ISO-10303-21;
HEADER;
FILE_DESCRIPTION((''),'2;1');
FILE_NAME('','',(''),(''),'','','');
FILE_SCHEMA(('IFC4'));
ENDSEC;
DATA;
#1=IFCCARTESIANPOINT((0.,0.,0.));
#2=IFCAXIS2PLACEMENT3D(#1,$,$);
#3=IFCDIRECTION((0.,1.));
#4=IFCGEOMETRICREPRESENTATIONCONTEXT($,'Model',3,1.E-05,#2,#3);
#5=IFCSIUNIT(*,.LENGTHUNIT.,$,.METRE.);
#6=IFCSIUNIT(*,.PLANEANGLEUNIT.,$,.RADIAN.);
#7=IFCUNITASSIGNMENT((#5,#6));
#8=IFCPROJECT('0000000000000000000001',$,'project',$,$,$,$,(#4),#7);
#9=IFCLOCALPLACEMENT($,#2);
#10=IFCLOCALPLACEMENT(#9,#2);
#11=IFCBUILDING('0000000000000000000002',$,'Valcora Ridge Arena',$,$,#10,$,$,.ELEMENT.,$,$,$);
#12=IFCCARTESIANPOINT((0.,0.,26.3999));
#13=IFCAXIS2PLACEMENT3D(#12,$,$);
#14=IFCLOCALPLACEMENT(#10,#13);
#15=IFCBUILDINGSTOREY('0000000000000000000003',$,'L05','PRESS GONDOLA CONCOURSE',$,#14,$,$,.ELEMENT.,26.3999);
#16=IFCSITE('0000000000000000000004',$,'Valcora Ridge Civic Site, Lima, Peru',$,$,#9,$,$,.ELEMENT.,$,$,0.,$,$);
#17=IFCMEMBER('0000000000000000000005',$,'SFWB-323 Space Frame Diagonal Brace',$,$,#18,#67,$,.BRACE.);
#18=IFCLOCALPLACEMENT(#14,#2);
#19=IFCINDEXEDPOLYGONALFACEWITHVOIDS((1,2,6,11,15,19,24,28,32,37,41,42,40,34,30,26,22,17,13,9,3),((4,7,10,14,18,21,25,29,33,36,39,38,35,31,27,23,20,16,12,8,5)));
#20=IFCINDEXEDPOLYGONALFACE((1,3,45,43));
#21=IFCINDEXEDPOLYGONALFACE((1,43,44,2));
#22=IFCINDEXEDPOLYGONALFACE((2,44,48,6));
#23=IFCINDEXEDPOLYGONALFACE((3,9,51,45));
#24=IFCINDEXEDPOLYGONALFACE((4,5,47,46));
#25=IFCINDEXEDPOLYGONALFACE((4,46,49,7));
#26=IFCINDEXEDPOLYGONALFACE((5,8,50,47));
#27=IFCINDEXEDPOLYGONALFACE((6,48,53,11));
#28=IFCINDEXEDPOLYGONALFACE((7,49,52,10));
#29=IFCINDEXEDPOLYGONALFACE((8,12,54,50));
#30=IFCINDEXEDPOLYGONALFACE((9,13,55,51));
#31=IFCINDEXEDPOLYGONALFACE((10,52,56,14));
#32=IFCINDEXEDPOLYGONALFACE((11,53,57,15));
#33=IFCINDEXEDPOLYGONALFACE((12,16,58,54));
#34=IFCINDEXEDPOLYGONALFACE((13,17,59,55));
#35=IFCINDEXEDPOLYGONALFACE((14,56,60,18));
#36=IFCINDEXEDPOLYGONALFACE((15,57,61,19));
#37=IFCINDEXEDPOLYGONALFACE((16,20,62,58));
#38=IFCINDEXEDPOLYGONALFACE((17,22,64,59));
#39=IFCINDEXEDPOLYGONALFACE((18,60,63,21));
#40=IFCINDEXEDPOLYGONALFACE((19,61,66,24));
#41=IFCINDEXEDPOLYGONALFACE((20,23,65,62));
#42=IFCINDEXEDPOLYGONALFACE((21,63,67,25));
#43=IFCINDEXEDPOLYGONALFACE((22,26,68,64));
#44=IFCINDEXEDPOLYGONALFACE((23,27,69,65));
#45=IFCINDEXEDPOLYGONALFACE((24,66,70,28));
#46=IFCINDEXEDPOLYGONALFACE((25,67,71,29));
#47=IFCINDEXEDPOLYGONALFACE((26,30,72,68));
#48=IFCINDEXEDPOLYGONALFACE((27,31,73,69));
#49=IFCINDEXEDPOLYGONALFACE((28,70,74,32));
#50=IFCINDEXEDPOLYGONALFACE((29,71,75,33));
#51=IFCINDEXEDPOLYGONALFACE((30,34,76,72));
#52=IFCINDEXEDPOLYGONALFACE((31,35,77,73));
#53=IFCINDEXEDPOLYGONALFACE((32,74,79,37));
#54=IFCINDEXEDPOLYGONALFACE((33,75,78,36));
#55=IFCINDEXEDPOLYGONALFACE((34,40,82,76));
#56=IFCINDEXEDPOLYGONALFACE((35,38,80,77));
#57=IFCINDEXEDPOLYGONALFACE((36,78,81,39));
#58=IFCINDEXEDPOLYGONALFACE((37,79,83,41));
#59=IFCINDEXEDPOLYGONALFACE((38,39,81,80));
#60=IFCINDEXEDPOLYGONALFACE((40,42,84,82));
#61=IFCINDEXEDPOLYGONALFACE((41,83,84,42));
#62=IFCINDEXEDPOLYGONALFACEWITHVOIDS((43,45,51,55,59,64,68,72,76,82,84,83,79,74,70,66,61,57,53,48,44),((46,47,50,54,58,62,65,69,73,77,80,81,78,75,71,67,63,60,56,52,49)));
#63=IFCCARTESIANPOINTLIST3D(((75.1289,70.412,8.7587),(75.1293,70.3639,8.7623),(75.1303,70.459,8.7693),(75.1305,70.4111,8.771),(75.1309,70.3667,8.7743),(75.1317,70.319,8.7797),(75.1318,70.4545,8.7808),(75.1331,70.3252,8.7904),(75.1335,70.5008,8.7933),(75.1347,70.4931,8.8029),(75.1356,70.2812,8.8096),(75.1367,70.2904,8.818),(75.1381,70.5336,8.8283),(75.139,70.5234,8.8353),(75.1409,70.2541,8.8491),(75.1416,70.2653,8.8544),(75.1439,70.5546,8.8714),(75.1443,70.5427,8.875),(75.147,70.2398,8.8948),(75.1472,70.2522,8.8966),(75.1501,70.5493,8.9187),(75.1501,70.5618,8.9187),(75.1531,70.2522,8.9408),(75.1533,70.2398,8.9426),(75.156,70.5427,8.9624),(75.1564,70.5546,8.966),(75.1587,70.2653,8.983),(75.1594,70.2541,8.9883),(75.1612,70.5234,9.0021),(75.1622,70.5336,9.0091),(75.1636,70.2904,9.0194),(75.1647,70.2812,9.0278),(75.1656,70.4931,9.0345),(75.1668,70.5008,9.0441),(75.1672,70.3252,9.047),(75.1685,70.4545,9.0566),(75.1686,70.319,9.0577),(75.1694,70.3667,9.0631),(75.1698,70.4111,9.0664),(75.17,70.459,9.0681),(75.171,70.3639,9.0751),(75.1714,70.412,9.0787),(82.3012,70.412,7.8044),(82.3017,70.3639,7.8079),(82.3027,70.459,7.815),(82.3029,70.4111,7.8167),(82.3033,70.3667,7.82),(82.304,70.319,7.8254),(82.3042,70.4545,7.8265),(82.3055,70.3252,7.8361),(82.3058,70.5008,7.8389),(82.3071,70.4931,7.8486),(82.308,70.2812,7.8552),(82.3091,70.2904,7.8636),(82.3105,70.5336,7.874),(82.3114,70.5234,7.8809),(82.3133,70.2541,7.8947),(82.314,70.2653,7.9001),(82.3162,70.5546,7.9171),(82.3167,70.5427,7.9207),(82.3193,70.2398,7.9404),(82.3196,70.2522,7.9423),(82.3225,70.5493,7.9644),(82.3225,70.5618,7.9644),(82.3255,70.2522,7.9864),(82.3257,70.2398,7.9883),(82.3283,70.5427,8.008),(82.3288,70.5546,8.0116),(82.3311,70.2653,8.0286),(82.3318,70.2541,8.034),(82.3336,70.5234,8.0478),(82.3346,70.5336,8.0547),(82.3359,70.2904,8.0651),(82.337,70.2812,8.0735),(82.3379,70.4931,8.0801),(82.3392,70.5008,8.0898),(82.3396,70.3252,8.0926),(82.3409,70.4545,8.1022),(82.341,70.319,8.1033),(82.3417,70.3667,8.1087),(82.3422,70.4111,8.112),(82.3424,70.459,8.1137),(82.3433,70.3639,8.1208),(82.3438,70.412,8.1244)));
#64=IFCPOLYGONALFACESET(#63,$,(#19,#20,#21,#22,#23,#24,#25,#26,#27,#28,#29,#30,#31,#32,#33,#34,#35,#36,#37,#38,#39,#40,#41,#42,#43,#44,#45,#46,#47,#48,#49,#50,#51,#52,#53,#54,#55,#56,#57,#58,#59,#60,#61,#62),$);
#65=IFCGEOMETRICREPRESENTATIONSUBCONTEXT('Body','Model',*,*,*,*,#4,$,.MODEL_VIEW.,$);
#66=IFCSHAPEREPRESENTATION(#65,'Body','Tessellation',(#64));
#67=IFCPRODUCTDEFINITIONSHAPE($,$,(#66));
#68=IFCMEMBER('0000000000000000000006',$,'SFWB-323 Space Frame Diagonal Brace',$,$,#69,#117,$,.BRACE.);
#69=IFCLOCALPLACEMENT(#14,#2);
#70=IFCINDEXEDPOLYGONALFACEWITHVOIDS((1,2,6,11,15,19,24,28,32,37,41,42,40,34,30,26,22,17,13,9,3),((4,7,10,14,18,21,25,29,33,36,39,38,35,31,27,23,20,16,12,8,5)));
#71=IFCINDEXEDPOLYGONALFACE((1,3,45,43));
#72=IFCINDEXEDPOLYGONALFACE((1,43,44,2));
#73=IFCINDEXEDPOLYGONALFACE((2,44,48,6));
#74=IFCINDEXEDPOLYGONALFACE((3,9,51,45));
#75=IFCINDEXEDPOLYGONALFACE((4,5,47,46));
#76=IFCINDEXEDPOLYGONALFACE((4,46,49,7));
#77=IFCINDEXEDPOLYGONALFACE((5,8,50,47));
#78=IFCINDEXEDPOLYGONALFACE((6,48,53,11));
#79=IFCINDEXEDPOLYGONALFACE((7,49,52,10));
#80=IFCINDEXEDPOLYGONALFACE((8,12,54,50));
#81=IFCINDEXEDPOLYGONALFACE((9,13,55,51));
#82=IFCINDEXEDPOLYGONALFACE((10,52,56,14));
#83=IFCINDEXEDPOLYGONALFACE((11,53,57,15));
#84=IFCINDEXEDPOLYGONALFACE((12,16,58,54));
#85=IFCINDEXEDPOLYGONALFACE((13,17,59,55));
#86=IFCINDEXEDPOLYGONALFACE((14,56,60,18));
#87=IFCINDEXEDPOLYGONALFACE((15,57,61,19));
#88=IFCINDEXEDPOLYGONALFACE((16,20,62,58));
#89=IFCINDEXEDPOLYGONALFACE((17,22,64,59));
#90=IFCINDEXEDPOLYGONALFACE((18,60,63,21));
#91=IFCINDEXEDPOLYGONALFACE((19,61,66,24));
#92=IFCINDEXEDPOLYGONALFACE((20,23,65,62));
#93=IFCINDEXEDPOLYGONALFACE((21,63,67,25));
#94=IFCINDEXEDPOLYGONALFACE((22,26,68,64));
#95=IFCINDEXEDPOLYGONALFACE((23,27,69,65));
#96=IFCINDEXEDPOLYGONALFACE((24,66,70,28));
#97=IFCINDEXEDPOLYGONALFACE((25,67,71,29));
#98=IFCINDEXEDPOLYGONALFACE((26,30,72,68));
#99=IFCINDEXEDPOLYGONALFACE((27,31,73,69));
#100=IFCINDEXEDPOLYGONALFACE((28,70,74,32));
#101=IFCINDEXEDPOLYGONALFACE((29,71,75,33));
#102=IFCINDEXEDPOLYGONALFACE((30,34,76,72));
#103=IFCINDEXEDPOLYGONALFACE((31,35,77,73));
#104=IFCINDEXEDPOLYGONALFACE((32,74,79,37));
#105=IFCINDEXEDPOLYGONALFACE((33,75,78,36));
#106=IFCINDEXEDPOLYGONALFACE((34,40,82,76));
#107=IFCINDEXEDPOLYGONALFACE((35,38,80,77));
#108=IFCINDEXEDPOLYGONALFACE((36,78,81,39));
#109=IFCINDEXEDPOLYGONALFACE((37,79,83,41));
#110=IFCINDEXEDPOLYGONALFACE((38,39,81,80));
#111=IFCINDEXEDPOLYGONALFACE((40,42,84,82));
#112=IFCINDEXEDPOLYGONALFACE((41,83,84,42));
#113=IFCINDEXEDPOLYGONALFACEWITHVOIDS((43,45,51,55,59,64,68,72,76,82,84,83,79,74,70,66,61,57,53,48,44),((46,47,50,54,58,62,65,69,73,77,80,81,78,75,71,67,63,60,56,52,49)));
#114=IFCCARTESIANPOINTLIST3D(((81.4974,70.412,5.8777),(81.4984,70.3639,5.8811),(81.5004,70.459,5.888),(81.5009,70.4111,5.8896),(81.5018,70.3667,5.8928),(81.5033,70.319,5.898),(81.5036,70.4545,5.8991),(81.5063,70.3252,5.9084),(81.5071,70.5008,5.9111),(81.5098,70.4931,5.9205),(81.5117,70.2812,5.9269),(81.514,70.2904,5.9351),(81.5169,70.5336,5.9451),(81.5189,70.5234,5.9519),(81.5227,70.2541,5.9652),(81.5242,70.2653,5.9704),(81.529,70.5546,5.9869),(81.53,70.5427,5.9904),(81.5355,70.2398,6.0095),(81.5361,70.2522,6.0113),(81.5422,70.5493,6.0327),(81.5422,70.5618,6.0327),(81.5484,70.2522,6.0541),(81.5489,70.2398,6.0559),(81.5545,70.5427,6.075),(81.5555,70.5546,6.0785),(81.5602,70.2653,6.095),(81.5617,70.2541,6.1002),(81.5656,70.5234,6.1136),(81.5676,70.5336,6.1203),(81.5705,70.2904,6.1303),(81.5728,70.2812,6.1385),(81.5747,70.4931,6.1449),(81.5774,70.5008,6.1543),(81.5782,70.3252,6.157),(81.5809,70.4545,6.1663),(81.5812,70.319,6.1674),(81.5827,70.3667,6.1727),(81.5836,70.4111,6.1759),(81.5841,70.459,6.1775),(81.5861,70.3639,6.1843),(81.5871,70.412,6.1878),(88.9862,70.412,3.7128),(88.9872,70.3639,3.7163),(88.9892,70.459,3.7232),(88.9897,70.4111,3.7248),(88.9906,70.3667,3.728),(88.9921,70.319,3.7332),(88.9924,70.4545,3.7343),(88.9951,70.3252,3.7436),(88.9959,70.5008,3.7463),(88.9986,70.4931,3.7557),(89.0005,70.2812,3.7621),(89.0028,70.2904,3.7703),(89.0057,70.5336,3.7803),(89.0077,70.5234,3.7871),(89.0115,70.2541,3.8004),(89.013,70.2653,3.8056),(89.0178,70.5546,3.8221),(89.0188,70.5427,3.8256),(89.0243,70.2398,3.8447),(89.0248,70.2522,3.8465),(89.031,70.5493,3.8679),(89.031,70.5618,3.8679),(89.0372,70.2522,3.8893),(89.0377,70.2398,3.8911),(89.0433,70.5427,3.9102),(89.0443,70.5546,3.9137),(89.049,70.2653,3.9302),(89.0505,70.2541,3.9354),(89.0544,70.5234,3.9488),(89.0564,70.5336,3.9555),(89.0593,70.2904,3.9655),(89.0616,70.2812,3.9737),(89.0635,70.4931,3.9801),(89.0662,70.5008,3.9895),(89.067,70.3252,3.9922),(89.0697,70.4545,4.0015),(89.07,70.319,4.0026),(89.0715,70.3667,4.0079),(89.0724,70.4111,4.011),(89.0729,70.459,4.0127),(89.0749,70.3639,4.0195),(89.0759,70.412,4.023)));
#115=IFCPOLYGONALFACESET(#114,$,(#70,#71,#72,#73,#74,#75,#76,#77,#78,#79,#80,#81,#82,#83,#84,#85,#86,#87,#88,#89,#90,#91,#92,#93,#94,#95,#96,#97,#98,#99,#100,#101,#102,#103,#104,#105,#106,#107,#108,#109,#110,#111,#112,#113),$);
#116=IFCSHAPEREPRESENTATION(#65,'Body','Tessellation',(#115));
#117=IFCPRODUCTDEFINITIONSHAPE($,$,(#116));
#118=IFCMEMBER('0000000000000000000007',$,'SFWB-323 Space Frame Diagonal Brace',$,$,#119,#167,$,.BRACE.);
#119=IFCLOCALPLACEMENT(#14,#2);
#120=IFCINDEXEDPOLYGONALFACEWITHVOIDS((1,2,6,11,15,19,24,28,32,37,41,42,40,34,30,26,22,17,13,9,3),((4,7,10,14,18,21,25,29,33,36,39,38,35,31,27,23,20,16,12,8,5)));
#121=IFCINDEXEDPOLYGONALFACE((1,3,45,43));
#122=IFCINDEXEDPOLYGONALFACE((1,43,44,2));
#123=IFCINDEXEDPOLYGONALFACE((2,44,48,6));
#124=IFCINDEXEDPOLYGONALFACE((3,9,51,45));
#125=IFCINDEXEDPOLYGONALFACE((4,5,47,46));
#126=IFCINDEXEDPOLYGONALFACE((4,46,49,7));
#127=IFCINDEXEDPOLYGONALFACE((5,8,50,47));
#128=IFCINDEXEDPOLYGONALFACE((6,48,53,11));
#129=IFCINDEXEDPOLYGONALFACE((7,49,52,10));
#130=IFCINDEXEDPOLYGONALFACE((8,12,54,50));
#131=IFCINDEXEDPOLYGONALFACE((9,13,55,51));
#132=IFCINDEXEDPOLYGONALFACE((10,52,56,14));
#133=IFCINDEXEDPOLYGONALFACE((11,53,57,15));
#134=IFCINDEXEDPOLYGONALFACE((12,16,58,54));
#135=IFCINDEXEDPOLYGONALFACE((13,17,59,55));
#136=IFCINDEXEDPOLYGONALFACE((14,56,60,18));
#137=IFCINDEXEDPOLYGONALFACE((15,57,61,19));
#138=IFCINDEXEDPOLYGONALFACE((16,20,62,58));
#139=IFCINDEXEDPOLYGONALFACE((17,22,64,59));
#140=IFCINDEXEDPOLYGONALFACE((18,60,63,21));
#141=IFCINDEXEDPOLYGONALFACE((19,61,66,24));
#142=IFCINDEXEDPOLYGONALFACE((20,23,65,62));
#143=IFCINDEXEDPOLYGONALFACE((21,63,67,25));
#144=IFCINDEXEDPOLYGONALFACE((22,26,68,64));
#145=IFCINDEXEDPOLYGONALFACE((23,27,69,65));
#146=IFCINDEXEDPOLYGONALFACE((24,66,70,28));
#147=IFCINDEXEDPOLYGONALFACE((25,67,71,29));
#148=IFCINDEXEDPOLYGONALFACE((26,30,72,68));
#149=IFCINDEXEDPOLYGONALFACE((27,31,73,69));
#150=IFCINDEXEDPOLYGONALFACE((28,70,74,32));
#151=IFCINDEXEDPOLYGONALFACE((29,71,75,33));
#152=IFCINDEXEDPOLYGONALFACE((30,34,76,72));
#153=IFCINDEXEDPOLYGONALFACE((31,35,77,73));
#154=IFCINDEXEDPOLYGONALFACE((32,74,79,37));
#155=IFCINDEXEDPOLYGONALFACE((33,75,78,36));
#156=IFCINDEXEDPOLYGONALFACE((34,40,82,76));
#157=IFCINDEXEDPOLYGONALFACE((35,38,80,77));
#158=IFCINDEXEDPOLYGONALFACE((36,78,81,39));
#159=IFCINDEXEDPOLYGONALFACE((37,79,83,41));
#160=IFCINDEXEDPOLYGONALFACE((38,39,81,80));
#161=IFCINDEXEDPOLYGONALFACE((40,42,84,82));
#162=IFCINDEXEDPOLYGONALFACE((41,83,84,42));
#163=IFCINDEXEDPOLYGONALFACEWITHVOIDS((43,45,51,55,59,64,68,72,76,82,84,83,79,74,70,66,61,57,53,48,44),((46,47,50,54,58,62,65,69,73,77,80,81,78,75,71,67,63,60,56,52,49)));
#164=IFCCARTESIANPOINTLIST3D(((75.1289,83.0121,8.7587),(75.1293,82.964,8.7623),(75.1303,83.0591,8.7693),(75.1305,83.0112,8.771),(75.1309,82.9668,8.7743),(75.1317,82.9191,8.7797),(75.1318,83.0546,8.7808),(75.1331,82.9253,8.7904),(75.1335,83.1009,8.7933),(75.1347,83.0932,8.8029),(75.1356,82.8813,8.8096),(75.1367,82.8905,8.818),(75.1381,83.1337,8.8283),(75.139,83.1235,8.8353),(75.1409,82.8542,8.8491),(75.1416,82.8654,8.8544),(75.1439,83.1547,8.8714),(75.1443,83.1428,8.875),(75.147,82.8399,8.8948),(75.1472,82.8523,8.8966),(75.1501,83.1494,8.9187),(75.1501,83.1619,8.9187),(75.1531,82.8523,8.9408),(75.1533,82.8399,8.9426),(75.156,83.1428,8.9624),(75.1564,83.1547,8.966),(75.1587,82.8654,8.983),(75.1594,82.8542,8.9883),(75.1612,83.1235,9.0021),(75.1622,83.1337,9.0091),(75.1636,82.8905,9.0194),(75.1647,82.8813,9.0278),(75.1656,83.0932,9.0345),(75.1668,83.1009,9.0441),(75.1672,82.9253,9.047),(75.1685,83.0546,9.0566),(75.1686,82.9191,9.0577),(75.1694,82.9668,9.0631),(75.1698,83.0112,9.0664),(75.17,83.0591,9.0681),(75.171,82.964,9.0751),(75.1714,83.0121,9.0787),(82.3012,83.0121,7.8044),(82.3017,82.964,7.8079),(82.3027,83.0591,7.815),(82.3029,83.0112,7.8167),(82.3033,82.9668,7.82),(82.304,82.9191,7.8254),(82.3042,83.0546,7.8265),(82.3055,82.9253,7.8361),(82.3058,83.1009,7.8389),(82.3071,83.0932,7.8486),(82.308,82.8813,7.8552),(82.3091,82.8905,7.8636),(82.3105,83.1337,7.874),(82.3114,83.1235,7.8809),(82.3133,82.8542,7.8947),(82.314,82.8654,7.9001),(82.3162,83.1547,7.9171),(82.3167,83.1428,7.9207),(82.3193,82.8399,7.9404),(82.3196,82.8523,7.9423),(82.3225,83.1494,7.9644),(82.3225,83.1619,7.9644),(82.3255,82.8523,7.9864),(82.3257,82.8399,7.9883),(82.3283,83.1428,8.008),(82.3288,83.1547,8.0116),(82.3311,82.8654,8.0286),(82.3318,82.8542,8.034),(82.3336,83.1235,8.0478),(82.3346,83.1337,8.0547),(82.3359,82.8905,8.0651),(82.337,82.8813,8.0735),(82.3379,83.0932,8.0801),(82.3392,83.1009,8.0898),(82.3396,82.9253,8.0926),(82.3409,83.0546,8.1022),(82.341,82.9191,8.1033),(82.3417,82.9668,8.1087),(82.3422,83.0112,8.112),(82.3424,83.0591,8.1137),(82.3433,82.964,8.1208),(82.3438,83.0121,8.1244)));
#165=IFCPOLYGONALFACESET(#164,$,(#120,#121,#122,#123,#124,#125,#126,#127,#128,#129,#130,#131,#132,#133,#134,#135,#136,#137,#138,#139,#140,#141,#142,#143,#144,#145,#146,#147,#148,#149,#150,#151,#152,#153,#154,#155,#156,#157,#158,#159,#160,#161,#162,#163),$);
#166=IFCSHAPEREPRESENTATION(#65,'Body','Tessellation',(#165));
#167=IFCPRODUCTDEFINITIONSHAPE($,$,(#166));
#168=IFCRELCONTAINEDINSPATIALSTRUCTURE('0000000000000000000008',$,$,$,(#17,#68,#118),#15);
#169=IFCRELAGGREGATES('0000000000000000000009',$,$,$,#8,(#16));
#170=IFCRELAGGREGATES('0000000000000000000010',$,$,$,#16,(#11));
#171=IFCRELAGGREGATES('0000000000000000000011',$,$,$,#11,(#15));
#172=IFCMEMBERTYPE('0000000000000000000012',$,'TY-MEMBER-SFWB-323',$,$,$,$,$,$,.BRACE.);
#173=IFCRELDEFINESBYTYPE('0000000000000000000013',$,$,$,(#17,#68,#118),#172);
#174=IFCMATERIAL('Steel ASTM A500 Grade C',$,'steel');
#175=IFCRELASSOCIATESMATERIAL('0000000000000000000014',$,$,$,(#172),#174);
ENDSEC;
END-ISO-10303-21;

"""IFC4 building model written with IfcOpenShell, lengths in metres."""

from ifc_helpers import new_model, si_unit, direction, frame, origin, origin_2d, place, context, subcontext, project, spatial, hollow_circle, extrude, material, material_profile, profile_set, type_object, element, save


model = new_model("IFC4")

# Units and contexts
model_context = context("Model", 3, precision=1e-05, world=origin(), true_north=direction((0.0, 1.0)))
body_context = subcontext(model_context, "Body", "Model", "MODEL_VIEW")
ifc_project = project(units=[si_unit("LENGTHUNIT", "METRE"), si_unit("PLANEANGLEUNIT", "RADIAN")], contexts=[model_context])

# Site, building, storey
site_placement = place(None, origin())
site = spatial("IfcSite", under=ifc_project, at=site_placement, Name="Valcora Ridge Civic Site, Lima, Peru", CompositionType="ELEMENT", RefElevation=0.0)
building_placement = place(site_placement, origin())
building = spatial("IfcBuilding", under=site, at=building_placement, Name="Valcora Ridge Arena", CompositionType="ELEMENT")
storey_placement = place(building_placement, frame((0.0, 0.0, 26.3999)))
storey = spatial("IfcBuildingStorey", under=building, at=storey_placement, Name="L05", Description="PRESS GONDOLA CONCOURSE", CompositionType="ELEMENT", Elevation=26.3999)

# Members
ifc_material_1 = material(Name="Steel ASTM A500 Grade C", Category="steel")
ifc_material_profile_1 = material_profile(ifc_material_1, hollow_circle(Radius=0.1619, WallThickness=0.0125, at=origin_2d()), Name="CHS323X12")
ifc_profile_set_1 = profile_set([ifc_material_profile_1], Name="Steel ASTM A500 Grade C")
member_type_1 = type_object("IfcMemberType", Name="TY-MEMBER-SFWB-323", PredefinedType="BRACE", material=ifc_profile_set_1)
member_1_placement = place(storey_placement, frame((75.1501, 70.3999, 8.9187), z_axis=(0.991264, 0.0, -0.131896), x_axis=(0.0, 1.0, 0.0)))
element("IfcMember", 1, at=member_1_placement, inside=storey, type_object=member_type_1, Name="SFWB-323 Space Frame Diagonal Brace", PredefinedType="BRACE", context=body_context, shape_type="SweptSolid", body=[
    extrude(hollow_circle(Radius=0.1619, WallThickness=0.0125, at=origin_2d()), origin(), (0.0, 0.0, 1.0), 7.2356),
])
member_2_placement = place(storey_placement, frame((81.5422, 70.3999, 6.0327), z_axis=(0.960667, 0.0, -0.277702), x_axis=(0.0, 1.0, 0.0)))
element("IfcMember", 2, at=member_2_placement, inside=storey, type_object=member_type_1, Name="SFWB-323 Space Frame Diagonal Brace", PredefinedType="BRACE", context=body_context, shape_type="SweptSolid", body=[
    extrude(hollow_circle(Radius=0.1619, WallThickness=0.0125, at=origin_2d()), origin(), (0.0, 0.0, 1.0), 7.7954),
])
member_3_placement = place(storey_placement, frame((75.1501, 83.0, 8.9187), z_axis=(0.991264, 0.0, -0.131896), x_axis=(0.0, 1.0, 0.0)))
element("IfcMember", 3, at=member_3_placement, inside=storey, type_object=member_type_1, Name="SFWB-323 Space Frame Diagonal Brace", PredefinedType="BRACE", context=body_context, shape_type="SweptSolid", body=[
    extrude(hollow_circle(Radius=0.1619, WallThickness=0.0125, at=origin_2d()), origin(), (0.0, 0.0, 1.0), 7.2356),
])

save(model, "model.ifc")
